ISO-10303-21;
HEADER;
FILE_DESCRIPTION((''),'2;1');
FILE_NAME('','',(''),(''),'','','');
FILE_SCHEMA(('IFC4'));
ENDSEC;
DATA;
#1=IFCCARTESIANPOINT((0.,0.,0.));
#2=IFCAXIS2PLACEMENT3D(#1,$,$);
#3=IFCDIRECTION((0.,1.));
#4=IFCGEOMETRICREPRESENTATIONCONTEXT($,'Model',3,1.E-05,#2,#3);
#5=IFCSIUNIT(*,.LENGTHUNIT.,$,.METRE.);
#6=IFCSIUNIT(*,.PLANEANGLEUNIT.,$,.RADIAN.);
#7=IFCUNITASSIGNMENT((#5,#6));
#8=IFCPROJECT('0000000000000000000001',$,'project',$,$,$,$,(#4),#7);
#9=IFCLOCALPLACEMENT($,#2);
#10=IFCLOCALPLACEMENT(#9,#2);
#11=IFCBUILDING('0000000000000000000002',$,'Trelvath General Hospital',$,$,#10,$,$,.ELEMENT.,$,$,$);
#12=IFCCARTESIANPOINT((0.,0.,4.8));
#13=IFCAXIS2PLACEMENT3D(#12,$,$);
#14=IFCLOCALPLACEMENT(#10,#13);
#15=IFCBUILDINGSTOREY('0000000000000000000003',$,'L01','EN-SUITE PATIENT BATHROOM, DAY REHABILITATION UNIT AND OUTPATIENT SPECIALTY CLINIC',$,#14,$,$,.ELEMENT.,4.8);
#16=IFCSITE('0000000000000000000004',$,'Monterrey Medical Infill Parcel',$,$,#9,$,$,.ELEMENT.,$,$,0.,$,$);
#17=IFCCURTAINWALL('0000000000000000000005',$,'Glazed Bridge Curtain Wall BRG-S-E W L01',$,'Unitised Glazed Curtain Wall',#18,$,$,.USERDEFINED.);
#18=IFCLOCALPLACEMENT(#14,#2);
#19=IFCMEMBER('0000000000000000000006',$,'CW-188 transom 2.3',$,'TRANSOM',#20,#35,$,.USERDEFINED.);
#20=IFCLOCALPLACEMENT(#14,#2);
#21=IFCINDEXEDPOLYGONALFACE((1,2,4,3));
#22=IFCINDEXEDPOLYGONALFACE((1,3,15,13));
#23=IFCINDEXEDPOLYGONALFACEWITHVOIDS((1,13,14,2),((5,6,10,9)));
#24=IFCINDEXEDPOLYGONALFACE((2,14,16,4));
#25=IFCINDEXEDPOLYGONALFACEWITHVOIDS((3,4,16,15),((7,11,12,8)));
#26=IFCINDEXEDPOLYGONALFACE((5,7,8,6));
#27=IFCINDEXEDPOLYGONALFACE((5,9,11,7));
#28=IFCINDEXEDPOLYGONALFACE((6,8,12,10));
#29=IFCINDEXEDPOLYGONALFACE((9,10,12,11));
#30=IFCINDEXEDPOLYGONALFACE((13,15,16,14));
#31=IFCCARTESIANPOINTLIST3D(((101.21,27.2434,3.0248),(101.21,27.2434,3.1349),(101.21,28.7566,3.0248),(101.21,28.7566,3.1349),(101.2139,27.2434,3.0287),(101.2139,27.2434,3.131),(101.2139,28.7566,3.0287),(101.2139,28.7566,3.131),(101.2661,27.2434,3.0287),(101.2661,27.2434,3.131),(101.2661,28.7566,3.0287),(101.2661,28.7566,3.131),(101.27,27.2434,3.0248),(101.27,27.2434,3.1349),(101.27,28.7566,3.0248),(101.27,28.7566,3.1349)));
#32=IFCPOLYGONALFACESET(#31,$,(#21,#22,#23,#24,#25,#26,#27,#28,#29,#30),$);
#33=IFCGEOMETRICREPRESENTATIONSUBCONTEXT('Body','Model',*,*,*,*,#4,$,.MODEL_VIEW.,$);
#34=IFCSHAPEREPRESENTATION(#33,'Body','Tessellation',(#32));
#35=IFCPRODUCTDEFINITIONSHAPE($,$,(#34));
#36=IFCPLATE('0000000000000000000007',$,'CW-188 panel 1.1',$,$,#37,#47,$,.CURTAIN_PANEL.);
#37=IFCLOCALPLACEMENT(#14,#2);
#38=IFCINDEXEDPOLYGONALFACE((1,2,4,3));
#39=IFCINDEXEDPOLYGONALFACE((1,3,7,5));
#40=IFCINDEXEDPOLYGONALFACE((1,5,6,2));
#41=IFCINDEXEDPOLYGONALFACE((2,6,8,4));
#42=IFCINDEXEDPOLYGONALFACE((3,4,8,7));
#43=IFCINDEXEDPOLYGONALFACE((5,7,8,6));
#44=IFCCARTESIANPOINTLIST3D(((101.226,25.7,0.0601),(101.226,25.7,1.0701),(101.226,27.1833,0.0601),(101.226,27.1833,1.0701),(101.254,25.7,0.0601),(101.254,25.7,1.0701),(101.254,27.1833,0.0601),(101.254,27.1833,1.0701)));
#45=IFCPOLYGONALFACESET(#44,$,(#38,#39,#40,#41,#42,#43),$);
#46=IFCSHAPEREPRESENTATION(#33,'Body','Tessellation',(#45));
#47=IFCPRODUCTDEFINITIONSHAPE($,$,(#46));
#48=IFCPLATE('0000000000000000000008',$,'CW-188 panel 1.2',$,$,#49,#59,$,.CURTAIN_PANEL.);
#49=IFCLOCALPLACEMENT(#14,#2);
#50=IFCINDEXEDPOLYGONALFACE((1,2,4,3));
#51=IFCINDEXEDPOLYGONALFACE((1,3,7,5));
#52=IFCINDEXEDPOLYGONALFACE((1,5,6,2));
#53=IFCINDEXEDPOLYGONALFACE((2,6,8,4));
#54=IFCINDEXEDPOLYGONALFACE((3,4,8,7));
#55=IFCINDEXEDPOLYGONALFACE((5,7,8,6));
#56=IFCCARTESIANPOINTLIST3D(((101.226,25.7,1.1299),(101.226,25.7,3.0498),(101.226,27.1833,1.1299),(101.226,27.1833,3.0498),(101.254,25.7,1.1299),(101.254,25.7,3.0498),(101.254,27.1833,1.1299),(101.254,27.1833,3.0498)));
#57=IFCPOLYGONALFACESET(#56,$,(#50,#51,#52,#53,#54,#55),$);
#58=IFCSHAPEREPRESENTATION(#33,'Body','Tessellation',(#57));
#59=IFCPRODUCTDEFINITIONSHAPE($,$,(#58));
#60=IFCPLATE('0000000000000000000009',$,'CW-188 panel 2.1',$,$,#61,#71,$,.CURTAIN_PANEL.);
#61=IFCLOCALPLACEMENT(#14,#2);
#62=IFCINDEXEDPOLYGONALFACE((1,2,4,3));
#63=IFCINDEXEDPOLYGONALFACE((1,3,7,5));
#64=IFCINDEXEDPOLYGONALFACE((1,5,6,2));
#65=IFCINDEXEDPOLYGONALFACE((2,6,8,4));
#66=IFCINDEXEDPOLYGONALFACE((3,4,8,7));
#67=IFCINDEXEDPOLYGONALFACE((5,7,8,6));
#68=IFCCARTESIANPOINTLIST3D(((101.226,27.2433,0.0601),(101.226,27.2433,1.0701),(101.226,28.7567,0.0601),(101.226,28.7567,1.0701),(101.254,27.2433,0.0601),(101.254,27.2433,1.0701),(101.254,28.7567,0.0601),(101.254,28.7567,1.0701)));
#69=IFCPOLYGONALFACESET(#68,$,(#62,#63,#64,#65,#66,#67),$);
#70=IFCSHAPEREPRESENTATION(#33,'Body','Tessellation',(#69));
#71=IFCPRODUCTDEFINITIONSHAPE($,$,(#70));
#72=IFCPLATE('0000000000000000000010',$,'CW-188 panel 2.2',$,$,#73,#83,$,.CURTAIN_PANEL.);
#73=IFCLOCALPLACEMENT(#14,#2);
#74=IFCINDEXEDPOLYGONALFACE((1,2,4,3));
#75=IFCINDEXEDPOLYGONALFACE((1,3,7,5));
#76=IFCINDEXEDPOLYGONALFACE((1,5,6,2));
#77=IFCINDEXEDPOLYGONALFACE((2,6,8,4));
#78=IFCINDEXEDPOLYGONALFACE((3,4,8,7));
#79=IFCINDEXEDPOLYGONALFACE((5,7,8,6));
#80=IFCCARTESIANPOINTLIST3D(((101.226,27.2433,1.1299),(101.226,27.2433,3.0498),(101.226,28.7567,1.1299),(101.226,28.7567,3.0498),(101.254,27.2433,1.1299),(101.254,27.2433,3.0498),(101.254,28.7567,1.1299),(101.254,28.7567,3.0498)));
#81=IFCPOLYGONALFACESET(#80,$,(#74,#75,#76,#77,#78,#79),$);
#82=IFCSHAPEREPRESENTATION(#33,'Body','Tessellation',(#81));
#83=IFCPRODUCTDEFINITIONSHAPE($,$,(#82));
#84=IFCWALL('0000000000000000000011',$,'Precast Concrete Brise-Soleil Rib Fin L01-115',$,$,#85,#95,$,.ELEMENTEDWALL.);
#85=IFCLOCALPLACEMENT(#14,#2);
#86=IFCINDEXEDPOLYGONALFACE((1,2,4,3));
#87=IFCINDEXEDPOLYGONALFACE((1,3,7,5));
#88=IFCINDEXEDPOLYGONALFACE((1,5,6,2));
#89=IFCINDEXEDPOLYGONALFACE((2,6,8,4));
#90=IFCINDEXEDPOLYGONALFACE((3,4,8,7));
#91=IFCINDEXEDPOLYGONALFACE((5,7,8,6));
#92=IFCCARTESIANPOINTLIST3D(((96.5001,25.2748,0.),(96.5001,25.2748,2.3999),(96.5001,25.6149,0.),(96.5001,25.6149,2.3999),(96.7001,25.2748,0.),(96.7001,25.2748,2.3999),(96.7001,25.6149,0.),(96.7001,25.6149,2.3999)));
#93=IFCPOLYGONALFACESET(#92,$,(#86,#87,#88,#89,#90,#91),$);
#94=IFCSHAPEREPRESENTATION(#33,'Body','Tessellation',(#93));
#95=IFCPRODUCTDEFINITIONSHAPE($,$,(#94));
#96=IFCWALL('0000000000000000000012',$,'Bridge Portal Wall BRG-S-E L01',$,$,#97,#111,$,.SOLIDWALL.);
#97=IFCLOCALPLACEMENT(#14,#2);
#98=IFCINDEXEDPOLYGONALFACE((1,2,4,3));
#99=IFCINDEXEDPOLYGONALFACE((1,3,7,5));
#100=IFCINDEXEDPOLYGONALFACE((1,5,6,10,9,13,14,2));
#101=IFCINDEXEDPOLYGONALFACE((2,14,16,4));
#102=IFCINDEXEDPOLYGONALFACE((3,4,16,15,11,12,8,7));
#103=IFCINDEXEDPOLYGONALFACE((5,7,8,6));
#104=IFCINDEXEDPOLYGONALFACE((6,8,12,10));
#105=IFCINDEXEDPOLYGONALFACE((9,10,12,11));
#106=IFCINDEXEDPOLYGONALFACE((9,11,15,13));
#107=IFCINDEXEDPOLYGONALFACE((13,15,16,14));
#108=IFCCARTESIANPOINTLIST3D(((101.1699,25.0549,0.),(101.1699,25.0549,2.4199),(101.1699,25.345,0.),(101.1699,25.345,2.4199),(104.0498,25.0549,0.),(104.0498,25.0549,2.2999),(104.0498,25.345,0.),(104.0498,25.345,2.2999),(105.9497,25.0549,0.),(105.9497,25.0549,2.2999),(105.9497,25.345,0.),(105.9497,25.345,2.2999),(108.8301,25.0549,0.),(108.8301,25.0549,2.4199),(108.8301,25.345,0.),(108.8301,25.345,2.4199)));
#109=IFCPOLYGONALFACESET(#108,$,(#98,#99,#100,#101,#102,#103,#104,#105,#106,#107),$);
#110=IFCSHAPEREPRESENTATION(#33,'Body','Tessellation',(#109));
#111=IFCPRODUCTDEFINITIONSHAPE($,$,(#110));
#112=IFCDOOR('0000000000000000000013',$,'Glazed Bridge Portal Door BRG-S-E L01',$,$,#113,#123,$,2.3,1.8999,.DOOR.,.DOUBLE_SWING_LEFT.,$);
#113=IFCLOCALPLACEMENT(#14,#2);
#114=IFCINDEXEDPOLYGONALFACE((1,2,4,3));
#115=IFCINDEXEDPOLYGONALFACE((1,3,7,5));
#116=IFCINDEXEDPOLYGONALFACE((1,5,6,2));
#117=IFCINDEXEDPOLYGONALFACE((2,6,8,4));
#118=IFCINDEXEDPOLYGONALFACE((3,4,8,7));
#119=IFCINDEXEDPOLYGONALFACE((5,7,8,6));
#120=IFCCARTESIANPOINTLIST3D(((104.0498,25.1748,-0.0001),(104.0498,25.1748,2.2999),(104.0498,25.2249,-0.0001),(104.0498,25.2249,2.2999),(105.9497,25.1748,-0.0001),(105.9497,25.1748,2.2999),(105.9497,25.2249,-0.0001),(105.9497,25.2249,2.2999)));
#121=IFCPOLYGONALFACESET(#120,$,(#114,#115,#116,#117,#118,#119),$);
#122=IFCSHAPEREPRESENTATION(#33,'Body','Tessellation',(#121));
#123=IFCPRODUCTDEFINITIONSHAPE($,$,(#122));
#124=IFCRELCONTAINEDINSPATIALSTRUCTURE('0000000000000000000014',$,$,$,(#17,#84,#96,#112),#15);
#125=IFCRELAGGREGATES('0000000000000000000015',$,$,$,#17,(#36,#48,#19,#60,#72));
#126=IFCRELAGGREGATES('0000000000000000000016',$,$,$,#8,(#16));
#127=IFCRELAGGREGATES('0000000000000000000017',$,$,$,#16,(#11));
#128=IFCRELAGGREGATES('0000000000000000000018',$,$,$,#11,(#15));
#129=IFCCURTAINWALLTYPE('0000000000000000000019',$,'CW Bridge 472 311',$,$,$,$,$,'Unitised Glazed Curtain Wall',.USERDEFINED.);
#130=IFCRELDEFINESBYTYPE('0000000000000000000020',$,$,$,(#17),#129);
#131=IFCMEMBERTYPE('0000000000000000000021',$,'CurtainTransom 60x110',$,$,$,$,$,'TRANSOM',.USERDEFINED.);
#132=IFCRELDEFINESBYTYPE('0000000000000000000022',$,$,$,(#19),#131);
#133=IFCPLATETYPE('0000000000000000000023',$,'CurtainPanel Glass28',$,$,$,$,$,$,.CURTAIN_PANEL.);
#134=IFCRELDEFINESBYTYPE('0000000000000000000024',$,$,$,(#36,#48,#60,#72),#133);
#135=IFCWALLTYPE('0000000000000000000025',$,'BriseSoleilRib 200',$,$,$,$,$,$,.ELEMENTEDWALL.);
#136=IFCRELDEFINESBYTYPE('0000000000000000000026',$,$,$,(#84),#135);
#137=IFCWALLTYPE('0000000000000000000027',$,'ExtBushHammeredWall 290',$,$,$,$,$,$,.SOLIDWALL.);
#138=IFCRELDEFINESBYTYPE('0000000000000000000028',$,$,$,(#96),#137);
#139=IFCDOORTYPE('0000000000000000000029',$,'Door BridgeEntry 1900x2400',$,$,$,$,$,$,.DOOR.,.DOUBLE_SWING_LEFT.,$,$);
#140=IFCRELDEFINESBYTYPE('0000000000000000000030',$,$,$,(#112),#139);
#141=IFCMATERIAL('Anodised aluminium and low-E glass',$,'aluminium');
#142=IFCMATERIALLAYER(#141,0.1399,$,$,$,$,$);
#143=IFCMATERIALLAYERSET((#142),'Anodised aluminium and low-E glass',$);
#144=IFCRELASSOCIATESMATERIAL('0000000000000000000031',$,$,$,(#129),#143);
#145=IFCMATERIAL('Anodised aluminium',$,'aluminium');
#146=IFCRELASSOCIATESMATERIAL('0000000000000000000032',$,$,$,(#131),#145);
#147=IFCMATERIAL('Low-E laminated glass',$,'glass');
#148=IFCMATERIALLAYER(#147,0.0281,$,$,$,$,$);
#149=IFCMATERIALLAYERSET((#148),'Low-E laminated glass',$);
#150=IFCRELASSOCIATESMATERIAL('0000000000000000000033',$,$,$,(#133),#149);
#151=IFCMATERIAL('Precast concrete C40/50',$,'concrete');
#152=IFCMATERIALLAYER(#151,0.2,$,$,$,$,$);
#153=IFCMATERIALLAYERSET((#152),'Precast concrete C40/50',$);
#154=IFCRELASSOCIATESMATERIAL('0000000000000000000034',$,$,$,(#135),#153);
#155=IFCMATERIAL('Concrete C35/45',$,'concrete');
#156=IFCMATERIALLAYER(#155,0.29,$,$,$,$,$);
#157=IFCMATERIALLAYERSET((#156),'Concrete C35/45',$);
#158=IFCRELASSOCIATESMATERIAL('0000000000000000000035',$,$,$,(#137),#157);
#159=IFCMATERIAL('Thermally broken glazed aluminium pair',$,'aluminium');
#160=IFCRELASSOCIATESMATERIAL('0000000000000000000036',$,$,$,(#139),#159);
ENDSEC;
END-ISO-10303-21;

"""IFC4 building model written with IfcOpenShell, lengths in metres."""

from ifc_helpers import new_model, si_unit, direction, frame, frame_2d, origin, origin_2d, place, context, subcontext, project, spatial, rectangle, hollow_rectangle, extrude, material, layer, layer_set, material_profile, profile_set, type_object, element, fill, aggregate, save


model = new_model("IFC4")

# Units and contexts
model_context = context("Model", 3, precision=1e-05, world=origin(), true_north=direction((0.0, 1.0)))
body_context = subcontext(model_context, "Body", "Model", "MODEL_VIEW")
ifc_project = project(units=[si_unit("LENGTHUNIT", "METRE"), si_unit("PLANEANGLEUNIT", "RADIAN")], contexts=[model_context])

# Site, building, storey
site_placement = place(None, origin())
site = spatial("IfcSite", under=ifc_project, at=site_placement, Name="Monterrey Medical Infill Parcel", CompositionType="ELEMENT", RefElevation=0.0)
building_placement = place(site_placement, origin())
building = spatial("IfcBuilding", under=site, at=building_placement, Name="Trelvath General Hospital", CompositionType="ELEMENT")
storey_placement = place(building_placement, frame((0.0, 0.0, 4.8)))
storey = spatial("IfcBuildingStorey", under=building, at=storey_placement, Name="L01", Description="EN-SUITE PATIENT BATHROOM, DAY REHABILITATION UNIT AND OUTPATIENT SPECIALTY CLINIC", CompositionType="ELEMENT", Elevation=4.8)

# Curtain wall, member, plates
ifc_material_1 = material(Name="Anodised aluminium and low-E glass", Category="aluminium")
ifc_layer_1 = layer(ifc_material_1, 0.1399)
ifc_layer_set_1 = layer_set([ifc_layer_1], Name="Anodised aluminium and low-E glass")
curtain_wall_type = type_object("IfcCurtainWallType", Name="CW Bridge 472 311", ElementType="Unitised Glazed Curtain Wall", PredefinedType="USERDEFINED", material=ifc_layer_set_1)
curtain_wall_placement = place(storey_placement, origin())
curtain_wall = element("IfcCurtainWall", 1, at=curtain_wall_placement, inside=storey, type_object=curtain_wall_type, Name="Glazed Bridge Curtain Wall BRG-S-E W L01", ObjectType="Unitised Glazed Curtain Wall", PredefinedType="USERDEFINED")
ifc_material_2 = material(Name="Anodised aluminium", Category="aluminium")
ifc_material_profile_1 = material_profile(ifc_material_2, hollow_rectangle(XDim=0.0601, YDim=0.1101, WallThickness=0.0039, at=origin_2d()), Name="RHS60x110x4")
ifc_profile_set_1 = profile_set([ifc_material_profile_1], Name="Anodised aluminium")
member_type_1 = type_object("IfcMemberType", Name="CurtainTransom 60x110", ElementType="TRANSOM", PredefinedType="USERDEFINED", material=ifc_profile_set_1)
member_1_placement = place(storey_placement, frame((101.24, 27.2434, 3.0798), z_axis=(0.0, 1.0, 0.0), x_axis=(-1.0, 0.0, 0.0)))
member_1 = element("IfcMember", 2, at=member_1_placement, type_object=member_type_1, Name="CW-188 transom 2.3", ObjectType="TRANSOM", PredefinedType="USERDEFINED", context=body_context, shape_type="SweptSolid", body=[
    extrude(hollow_rectangle(XDim=0.0601, YDim=0.1101, WallThickness=0.0039, at=origin_2d()), origin(), (0.0, 0.0, 1.0), 1.5132),
])
ifc_material_3 = material(Name="Low-E laminated glass", Category="glass")
ifc_layer_2 = layer(ifc_material_3, 0.0281)
ifc_layer_set_2 = layer_set([ifc_layer_2], Name="Low-E laminated glass")
plate_type = type_object("IfcPlateType", Name="CurtainPanel Glass28", PredefinedType="CURTAIN_PANEL", material=ifc_layer_set_2)
plate_1_placement = place(storey_placement, frame((101.24, 26.4417, 0.0601), z_axis=(0.0, 0.0, 1.0), x_axis=(0.0, 1.0, 0.0)))
plate_1 = element("IfcPlate", 3, at=plate_1_placement, type_object=plate_type, Name="CW-188 panel 1.1", PredefinedType="CURTAIN_PANEL", context=body_context, shape_type="SweptSolid", body=[
    extrude(rectangle(XDim=1.4834, YDim=0.0281, at=origin_2d()), origin(), (0.0, 0.0, 1.0), 1.01),
])
plate_2_placement = place(storey_placement, frame((101.24, 26.4417, 1.1299), z_axis=(0.0, 0.0, 1.0), x_axis=(0.0, 1.0, 0.0)))
plate_2 = element("IfcPlate", 4, at=plate_2_placement, type_object=plate_type, Name="CW-188 panel 1.2", PredefinedType="CURTAIN_PANEL", context=body_context, shape_type="SweptSolid", body=[
    extrude(rectangle(XDim=1.4834, YDim=0.0281, at=origin_2d()), origin(), (0.0, 0.0, 1.0), 1.9199),
])
plate_3_placement = place(storey_placement, frame((101.24, 28.0, 0.0601), z_axis=(0.0, 0.0, 1.0), x_axis=(0.0, 1.0, 0.0)))
plate_3 = element("IfcPlate", 5, at=plate_3_placement, type_object=plate_type, Name="CW-188 panel 2.1", PredefinedType="CURTAIN_PANEL", context=body_context, shape_type="SweptSolid", body=[
    extrude(rectangle(XDim=1.5134, YDim=0.0281, at=origin_2d()), origin(), (0.0, 0.0, 1.0), 1.01),
])
plate_4_placement = place(storey_placement, frame((101.24, 28.0, 1.1299), z_axis=(0.0, 0.0, 1.0), x_axis=(0.0, 1.0, 0.0)))
plate_4 = element("IfcPlate", 6, at=plate_4_placement, type_object=plate_type, Name="CW-188 panel 2.2", PredefinedType="CURTAIN_PANEL", context=body_context, shape_type="SweptSolid", body=[
    extrude(rectangle(XDim=1.5134, YDim=0.0281, at=origin_2d()), origin(), (0.0, 0.0, 1.0), 1.9199),
])
aggregate(curtain_wall, [plate_1, plate_2, member_1, plate_3, plate_4])

# Wall
ifc_material_4 = material(Name="Precast concrete C40/50", Category="concrete")
ifc_layer_3 = layer(ifc_material_4, 0.2)
ifc_layer_set_3 = layer_set([ifc_layer_3], Name="Precast concrete C40/50")
wall_type_1 = type_object("IfcWallType", Name="BriseSoleilRib 200", PredefinedType="ELEMENTEDWALL", material=ifc_layer_set_3)
wall_1_placement = place(storey_placement, frame((96.6001, 25.2749, 0.0), z_axis=(0.0, 0.0, 1.0), x_axis=(0.0, 1.0, 0.0)))
element("IfcWall", 7, at=wall_1_placement, inside=storey, type_object=wall_type_1, Name="Precast Concrete Brise-Soleil Rib Fin L01-115", PredefinedType="ELEMENTEDWALL", context=body_context, shape_type="SweptSolid", body=[
    extrude(rectangle(XDim=0.3401, YDim=0.2, at=frame_2d((0.1699, 0.0))), origin(), (0.0, 0.0, 1.0), 2.3999),
])

# Wall, opening, door
ifc_material_5 = material(Name="Concrete C35/45", Category="concrete")
ifc_layer_4 = layer(ifc_material_5, 0.29)
ifc_layer_set_4 = layer_set([ifc_layer_4], Name="Concrete C35/45")
wall_type_2 = type_object("IfcWallType", Name="ExtBushHammeredWall 290", PredefinedType="SOLIDWALL", material=ifc_layer_set_4)
wall_2_placement = place(storey_placement, frame((101.1699, 25.2, 0.0), z_axis=(0.0, 0.0, 1.0), x_axis=(1.0, 0.0, 0.0)))
wall_2 = element("IfcWall", 8, at=wall_2_placement, inside=storey, type_object=wall_type_2, Name="Bridge Portal Wall BRG-S-E L01", PredefinedType="SOLIDWALL", context=body_context, shape_type="SweptSolid", body=[
    extrude(rectangle(XDim=7.6602, YDim=0.29, at=frame_2d((3.8301, 0.0))), origin(), (0.0, 0.0, 1.0), 2.4199),
])
opening_placement = place(wall_2_placement, frame((2.8799, 0.0, 0.0)))
opening = element("IfcOpeningElement", 9, at=opening_placement, cuts=wall_2, PredefinedType="OPENING", context=body_context, shape_type="SweptSolid", body=[
    extrude(rectangle(XDim=1.8999, YDim=2.3, at=frame_2d((0.95, 1.1499))), frame((0.0, 0.155, 0.0), z_axis=(0.0, -1.0, 0.0), x_axis=(1.0, 0.0, 0.0)), (0.0, 0.0, 1.0), 0.3101),
])
ifc_material_6 = material(Name="Thermally broken glazed aluminium pair", Category="aluminium")
door_type = type_object("IfcDoorType", Name="Door BridgeEntry 1900x2400", OperationType="DOUBLE_SWING_LEFT", PredefinedType="DOOR", material=ifc_material_6)
door_placement = place(opening_placement, origin())
door = element("IfcDoor", 10, at=door_placement, inside=storey, type_object=door_type, Name="Glazed Bridge Portal Door BRG-S-E L01", OperationType="DOUBLE_SWING_LEFT", OverallHeight=2.3, OverallWidth=1.8999, PredefinedType="DOOR", context=body_context, shape_type="SweptSolid", body=[
    extrude(rectangle(XDim=1.8999, YDim=2.3, at=frame_2d((0.95, 1.1499))), frame((0.0, 0.0249, 0.0), z_axis=(0.0, -1.0, 0.0), x_axis=(1.0, 0.0, 0.0)), (0.0, 0.0, 1.0), 0.05),
])
fill(opening, door)

save(model, "model.ifc")
